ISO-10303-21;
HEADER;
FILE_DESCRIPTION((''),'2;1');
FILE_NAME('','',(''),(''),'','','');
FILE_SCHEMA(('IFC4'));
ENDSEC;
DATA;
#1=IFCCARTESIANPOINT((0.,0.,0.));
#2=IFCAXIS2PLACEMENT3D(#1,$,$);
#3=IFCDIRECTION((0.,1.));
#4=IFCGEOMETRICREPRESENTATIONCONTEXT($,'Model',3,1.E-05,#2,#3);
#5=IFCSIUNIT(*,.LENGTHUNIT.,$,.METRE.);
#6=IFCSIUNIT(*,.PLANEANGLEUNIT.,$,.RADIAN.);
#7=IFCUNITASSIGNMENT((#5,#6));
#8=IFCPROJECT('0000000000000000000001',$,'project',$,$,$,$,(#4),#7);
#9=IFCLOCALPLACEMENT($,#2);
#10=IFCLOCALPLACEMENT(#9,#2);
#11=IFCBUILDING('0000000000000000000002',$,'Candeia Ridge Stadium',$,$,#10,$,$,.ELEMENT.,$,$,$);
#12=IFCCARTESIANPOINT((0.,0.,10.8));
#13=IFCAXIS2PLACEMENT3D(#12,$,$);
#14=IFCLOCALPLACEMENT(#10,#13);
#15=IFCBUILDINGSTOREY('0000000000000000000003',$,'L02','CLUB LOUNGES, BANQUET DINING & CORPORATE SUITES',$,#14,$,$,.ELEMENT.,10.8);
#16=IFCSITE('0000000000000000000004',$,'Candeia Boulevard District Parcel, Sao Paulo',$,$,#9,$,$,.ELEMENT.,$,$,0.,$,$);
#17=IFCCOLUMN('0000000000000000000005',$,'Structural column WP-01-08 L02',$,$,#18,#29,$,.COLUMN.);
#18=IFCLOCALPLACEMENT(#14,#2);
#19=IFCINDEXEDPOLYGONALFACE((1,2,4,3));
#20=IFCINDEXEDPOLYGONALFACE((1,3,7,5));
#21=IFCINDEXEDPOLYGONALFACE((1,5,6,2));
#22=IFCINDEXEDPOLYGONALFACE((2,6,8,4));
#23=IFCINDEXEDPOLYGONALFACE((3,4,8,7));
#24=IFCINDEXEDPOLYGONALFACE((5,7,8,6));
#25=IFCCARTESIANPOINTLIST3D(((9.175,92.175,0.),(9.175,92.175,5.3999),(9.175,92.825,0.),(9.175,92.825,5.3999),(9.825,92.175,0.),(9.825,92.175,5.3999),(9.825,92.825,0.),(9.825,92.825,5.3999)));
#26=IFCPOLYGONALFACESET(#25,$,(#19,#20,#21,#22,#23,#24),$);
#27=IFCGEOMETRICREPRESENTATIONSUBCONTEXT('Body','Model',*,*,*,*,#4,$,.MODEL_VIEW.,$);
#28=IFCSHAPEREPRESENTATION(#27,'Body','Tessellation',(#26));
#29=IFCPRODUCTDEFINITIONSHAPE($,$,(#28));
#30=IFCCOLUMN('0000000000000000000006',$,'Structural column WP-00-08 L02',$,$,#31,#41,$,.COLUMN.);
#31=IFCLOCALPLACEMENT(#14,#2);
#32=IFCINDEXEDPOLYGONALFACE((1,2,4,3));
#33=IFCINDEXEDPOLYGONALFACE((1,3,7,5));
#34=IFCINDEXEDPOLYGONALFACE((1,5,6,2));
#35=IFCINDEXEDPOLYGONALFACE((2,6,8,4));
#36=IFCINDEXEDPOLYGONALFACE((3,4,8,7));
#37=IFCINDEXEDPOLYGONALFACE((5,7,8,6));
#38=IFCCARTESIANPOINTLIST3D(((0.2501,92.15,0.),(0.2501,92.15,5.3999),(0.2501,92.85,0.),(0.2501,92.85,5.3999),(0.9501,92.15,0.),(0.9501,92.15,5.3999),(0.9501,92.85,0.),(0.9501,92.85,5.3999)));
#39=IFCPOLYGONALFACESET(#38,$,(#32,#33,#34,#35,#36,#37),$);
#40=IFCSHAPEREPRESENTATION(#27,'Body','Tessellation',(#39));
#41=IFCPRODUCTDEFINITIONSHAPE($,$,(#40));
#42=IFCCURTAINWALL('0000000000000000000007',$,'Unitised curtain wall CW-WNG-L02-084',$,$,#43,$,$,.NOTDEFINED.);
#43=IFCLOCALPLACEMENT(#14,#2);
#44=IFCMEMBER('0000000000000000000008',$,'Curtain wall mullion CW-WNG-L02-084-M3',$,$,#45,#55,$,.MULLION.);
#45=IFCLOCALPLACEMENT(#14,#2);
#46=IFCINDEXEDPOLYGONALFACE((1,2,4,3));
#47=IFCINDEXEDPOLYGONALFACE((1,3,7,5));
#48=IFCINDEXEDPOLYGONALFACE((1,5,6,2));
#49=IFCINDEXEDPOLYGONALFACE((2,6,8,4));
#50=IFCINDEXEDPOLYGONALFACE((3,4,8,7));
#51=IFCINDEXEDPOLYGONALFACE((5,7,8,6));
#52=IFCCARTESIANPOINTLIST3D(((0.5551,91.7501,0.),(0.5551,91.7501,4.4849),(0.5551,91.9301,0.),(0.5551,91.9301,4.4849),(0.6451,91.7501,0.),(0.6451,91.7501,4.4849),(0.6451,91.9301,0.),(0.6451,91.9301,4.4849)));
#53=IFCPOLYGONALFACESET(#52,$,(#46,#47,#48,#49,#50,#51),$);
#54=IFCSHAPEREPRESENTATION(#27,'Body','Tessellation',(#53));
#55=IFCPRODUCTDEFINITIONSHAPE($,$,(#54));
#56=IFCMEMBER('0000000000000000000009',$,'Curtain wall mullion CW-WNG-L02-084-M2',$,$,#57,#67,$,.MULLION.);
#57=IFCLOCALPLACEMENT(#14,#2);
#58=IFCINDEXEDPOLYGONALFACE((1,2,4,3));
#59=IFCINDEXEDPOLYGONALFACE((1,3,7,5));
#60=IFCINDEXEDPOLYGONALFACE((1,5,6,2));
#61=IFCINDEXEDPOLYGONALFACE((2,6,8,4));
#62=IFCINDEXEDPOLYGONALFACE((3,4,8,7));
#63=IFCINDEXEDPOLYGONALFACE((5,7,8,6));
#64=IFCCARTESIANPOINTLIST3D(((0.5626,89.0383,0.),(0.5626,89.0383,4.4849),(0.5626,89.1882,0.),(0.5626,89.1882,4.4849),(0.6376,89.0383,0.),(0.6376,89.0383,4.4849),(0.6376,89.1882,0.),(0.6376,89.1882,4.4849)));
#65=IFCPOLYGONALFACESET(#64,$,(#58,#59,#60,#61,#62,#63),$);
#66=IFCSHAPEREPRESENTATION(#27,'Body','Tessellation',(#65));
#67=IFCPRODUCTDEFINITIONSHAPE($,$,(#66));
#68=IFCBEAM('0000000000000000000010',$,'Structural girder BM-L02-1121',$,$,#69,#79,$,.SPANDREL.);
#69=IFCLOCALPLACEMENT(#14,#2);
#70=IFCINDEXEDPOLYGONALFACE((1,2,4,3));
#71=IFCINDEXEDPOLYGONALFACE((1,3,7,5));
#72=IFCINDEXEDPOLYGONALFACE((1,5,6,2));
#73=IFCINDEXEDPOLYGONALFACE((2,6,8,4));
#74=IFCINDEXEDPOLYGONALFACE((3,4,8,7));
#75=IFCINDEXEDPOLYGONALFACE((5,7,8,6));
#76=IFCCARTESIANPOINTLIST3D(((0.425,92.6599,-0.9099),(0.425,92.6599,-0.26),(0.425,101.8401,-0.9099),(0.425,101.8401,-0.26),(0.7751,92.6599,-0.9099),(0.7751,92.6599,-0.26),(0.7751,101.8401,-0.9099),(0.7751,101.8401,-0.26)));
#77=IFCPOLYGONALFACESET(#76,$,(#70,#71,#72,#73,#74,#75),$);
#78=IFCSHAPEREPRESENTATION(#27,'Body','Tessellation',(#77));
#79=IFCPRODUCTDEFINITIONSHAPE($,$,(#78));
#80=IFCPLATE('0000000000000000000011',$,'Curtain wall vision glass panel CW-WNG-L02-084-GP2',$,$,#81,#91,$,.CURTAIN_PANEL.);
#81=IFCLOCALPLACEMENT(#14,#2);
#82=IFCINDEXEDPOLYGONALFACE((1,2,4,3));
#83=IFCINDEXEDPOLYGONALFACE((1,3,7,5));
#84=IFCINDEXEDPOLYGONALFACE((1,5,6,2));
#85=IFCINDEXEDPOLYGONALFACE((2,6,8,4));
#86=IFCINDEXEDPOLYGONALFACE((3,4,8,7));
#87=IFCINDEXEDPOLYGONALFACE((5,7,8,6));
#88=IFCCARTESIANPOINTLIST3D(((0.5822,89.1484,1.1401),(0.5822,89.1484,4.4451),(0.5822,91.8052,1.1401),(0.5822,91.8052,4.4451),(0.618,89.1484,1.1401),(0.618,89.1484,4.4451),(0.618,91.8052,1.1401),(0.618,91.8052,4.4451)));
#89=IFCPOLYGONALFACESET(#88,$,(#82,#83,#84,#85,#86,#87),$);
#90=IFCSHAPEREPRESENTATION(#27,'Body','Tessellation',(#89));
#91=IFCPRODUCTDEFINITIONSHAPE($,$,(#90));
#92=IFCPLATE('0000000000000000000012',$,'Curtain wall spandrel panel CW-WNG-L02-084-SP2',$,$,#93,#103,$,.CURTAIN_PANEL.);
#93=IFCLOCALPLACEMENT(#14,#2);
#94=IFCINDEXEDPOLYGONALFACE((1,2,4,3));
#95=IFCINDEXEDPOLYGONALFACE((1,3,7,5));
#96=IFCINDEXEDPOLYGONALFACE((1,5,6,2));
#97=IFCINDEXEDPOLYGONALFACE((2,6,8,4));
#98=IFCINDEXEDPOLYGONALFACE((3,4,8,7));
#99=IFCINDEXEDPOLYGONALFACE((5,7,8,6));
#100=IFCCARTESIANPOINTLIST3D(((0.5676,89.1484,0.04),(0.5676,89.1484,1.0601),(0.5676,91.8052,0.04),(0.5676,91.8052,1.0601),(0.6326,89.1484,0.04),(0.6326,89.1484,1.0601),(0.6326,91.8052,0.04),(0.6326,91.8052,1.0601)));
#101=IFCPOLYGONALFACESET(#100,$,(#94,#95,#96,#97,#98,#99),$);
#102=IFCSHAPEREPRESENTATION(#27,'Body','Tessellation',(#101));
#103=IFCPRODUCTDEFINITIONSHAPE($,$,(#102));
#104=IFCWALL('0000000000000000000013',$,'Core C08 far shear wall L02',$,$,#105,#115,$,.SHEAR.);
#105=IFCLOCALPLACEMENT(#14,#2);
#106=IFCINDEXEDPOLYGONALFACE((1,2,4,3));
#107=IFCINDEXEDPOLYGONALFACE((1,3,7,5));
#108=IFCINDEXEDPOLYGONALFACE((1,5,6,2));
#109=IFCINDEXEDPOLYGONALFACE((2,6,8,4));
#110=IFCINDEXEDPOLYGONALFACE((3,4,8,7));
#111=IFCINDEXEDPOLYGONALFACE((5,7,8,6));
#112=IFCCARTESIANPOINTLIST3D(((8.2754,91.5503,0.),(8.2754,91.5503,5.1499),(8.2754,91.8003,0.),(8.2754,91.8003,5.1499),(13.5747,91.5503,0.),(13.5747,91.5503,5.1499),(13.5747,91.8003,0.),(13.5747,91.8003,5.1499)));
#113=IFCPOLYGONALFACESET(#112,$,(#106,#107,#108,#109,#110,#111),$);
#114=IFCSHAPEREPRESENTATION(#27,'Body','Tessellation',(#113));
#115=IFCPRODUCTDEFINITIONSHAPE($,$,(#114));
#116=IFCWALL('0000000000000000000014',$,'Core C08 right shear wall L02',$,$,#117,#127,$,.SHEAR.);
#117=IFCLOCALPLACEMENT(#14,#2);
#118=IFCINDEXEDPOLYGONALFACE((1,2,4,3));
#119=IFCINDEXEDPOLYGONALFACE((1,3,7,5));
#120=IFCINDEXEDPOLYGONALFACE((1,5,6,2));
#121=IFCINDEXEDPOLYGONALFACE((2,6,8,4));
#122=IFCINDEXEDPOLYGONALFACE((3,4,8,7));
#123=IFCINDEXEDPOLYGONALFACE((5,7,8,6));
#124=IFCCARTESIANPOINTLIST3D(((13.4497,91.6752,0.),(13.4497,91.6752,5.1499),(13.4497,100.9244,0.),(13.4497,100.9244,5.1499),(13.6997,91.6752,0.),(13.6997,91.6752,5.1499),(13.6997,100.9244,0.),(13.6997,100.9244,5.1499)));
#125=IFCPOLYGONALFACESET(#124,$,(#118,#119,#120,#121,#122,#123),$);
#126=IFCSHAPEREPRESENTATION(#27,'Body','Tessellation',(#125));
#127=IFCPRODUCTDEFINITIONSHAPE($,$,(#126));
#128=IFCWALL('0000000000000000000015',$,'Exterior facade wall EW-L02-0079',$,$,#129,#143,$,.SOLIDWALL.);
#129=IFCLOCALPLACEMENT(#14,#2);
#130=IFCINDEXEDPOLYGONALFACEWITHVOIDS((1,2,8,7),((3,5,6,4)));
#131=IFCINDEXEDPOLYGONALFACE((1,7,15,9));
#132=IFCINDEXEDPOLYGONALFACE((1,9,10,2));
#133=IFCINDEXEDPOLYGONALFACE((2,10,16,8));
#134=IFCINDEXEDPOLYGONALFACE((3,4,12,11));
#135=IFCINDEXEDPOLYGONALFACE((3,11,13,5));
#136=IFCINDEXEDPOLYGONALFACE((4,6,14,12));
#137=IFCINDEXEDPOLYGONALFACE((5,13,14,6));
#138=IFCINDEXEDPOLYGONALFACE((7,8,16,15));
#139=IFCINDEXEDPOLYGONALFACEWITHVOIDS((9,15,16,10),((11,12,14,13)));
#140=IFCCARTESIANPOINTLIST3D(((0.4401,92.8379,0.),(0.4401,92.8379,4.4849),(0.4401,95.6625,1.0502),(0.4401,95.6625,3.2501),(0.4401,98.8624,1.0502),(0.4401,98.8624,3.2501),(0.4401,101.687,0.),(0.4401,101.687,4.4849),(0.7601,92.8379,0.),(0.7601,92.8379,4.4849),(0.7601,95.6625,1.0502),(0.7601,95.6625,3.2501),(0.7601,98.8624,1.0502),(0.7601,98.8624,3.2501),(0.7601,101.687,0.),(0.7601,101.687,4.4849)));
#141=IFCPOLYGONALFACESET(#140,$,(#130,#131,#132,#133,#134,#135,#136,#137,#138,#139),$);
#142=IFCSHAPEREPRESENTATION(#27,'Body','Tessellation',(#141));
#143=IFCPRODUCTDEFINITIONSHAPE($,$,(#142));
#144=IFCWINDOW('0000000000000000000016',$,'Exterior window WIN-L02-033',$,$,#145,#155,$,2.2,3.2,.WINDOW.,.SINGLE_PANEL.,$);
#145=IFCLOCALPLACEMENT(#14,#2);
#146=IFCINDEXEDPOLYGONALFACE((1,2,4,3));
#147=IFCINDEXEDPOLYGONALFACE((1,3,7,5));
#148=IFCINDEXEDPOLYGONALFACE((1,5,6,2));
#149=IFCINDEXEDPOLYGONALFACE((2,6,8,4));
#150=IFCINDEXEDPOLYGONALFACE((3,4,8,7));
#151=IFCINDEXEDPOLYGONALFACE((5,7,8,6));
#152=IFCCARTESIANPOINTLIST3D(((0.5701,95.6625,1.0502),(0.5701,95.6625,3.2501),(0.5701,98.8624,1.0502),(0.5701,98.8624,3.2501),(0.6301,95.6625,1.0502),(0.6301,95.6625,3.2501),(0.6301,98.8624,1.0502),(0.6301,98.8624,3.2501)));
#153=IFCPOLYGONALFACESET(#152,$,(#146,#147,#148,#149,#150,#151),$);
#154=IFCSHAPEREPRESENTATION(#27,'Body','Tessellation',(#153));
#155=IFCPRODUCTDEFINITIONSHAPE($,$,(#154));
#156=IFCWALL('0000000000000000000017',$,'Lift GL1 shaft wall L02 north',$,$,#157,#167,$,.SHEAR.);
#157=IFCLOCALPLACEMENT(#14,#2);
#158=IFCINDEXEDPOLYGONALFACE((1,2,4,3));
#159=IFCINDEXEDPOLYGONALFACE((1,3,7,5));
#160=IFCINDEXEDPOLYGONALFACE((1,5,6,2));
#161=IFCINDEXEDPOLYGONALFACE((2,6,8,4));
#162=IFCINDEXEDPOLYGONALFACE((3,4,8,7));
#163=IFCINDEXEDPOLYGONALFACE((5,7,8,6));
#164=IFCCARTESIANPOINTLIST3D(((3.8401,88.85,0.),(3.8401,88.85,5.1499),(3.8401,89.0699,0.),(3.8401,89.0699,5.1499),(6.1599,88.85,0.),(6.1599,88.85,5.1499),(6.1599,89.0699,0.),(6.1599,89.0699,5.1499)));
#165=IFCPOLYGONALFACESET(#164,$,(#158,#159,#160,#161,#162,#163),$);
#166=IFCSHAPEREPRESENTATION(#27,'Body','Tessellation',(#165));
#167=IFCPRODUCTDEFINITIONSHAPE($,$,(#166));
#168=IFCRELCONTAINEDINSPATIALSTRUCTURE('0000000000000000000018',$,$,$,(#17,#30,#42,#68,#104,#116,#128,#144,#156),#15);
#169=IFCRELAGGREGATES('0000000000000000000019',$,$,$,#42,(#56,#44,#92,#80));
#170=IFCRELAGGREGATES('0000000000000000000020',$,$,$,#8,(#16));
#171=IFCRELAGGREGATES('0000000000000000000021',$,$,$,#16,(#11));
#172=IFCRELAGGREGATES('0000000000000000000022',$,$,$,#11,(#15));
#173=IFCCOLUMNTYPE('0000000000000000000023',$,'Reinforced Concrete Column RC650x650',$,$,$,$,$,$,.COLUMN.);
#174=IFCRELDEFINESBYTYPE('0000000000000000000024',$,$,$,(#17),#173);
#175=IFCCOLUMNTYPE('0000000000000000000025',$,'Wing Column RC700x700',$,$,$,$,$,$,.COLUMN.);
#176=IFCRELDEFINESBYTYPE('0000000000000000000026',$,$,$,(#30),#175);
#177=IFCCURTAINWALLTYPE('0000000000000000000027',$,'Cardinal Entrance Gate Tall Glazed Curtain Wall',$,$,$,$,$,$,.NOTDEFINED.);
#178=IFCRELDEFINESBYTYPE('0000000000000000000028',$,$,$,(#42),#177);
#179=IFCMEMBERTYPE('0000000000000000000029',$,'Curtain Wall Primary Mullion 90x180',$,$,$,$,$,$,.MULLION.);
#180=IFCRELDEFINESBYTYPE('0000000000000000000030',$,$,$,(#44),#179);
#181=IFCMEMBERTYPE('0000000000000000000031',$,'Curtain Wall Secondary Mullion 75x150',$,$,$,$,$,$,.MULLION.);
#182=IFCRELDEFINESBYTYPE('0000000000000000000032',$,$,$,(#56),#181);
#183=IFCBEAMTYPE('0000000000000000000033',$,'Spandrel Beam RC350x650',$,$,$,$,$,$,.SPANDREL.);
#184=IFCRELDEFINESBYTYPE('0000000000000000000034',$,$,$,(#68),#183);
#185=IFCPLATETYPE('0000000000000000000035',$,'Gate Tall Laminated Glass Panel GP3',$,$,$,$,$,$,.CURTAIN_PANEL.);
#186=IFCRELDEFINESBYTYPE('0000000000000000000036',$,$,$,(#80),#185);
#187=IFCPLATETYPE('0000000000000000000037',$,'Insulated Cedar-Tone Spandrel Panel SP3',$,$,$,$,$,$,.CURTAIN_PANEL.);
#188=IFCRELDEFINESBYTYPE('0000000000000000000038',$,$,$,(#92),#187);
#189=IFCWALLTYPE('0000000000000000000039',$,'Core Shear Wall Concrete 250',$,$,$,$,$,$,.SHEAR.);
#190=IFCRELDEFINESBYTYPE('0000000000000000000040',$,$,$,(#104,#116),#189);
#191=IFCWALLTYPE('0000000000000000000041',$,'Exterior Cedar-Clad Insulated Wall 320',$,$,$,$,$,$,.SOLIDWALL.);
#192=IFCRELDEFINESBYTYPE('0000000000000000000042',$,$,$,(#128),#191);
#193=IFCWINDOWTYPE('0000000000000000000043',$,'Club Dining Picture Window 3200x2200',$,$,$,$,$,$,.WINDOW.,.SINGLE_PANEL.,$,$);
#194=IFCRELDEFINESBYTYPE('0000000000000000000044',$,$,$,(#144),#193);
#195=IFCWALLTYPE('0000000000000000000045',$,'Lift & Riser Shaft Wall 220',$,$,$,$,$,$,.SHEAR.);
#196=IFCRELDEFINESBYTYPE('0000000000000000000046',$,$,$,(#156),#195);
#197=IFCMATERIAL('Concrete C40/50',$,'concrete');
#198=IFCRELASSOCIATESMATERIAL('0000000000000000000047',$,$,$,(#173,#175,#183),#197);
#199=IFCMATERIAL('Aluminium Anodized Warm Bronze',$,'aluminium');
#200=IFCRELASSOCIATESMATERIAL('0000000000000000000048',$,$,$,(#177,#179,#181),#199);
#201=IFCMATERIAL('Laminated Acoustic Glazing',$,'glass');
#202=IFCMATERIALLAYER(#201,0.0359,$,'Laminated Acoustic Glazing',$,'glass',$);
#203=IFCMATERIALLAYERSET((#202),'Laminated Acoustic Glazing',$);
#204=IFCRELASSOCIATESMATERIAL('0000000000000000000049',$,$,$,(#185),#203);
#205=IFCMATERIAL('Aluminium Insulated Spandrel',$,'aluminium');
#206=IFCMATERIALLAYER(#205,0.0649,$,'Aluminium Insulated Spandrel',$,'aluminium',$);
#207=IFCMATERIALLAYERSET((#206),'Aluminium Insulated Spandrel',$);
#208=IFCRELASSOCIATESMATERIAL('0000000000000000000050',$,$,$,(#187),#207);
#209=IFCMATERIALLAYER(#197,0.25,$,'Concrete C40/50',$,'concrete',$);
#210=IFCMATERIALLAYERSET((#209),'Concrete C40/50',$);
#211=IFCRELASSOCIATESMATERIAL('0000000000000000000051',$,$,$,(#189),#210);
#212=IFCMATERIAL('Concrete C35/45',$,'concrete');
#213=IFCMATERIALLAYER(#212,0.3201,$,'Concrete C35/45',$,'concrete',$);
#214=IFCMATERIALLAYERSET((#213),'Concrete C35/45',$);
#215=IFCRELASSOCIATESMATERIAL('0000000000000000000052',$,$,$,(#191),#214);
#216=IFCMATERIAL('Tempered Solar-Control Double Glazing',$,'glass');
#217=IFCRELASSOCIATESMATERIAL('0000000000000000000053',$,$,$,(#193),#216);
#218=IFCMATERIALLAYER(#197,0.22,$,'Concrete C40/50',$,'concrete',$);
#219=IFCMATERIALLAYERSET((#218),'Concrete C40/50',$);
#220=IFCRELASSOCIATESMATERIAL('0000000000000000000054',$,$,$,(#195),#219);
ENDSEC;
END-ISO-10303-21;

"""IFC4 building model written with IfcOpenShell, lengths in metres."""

from ifc_helpers import new_model, si_unit, direction, frame, frame_2d, origin, origin_2d, place, context, subcontext, project, spatial, rectangle, extrude, material, layer, layer_set, material_profile, profile_set, type_object, element, fill, aggregate, save


model = new_model("IFC4")

# Units and contexts
model_context = context("Model", 3, precision=1e-05, world=origin(), true_north=direction((0.0, 1.0)))
body_context = subcontext(model_context, "Body", "Model", "MODEL_VIEW")
ifc_project = project(units=[si_unit("LENGTHUNIT", "METRE"), si_unit("PLANEANGLEUNIT", "RADIAN")], contexts=[model_context])

# Site, building, storey
site_placement = place(None, origin())
site = spatial("IfcSite", under=ifc_project, at=site_placement, Name="Candeia Boulevard District Parcel, Sao Paulo", CompositionType="ELEMENT", RefElevation=0.0)
building_placement = place(site_placement, origin())
building = spatial("IfcBuilding", under=site, at=building_placement, Name="Candeia Ridge Stadium", CompositionType="ELEMENT")
storey_placement = place(building_placement, frame((0.0, 0.0, 10.8)))
storey = spatial("IfcBuildingStorey", under=building, at=storey_placement, Name="L02", Description="CLUB LOUNGES, BANQUET DINING & CORPORATE SUITES", CompositionType="ELEMENT", Elevation=10.8)

# Columns
ifc_material_1 = material(Name="Concrete C40/50", Category="concrete")
ifc_material_profile_1 = material_profile(ifc_material_1, rectangle(XDim=0.6499, YDim=0.6499, at=origin_2d()), Name="RC650x650", Category="concrete")
ifc_profile_set_1 = profile_set([ifc_material_profile_1], Name="Concrete C40/50")
column_type_1 = type_object("IfcColumnType", Name="Reinforced Concrete Column RC650x650", PredefinedType="COLUMN", material=ifc_profile_set_1)
column_1_placement = place(storey_placement, frame((9.5, 92.5, 0.0), z_axis=(0.0, 0.0, 1.0), x_axis=(1.0, 0.0, 0.0)))
element("IfcColumn", 1, at=column_1_placement, inside=storey, type_object=column_type_1, Name="Structural column WP-01-08 L02", PredefinedType="COLUMN", context=body_context, shape_type="SweptSolid", body=[
    extrude(rectangle(XDim=0.6499, YDim=0.6499, at=origin_2d()), origin(), (0.0, 0.0, 1.0), 5.3999),
])
ifc_material_profile_2 = material_profile(ifc_material_1, rectangle(XDim=0.7, YDim=0.7, at=origin_2d()), Name="RC700x700", Category="concrete")
ifc_profile_set_2 = profile_set([ifc_material_profile_2], Name="Concrete C40/50")
column_type_2 = type_object("IfcColumnType", Name="Wing Column RC700x700", PredefinedType="COLUMN", material=ifc_profile_set_2)
column_2_placement = place(storey_placement, frame((0.6001, 92.5, 0.0), z_axis=(0.0, 0.0, 1.0), x_axis=(1.0, 0.0, 0.0)))
element("IfcColumn", 2, at=column_2_placement, inside=storey, type_object=column_type_2, Name="Structural column WP-00-08 L02", PredefinedType="COLUMN", context=body_context, shape_type="SweptSolid", body=[
    extrude(rectangle(XDim=0.7, YDim=0.7, at=origin_2d()), origin(), (0.0, 0.0, 1.0), 5.3999),
])

# Curtain wall, members
ifc_material_2 = material(Name="Aluminium Anodized Warm Bronze", Category="aluminium")
curtain_wall_type = type_object("IfcCurtainWallType", Name="Cardinal Entrance Gate Tall Glazed Curtain Wall", PredefinedType="NOTDEFINED", material=ifc_material_2)
curtain_wall_placement = place(storey_placement, origin())
curtain_wall = element("IfcCurtainWall", 3, at=curtain_wall_placement, inside=storey, type_object=curtain_wall_type, Name="Unitised curtain wall CW-WNG-L02-084", PredefinedType="NOTDEFINED")
ifc_material_profile_3 = material_profile(ifc_material_2, rectangle(XDim=0.0901, YDim=0.1799, at=origin_2d()), Name="CWM-90x180", Category="aluminium")
ifc_profile_set_3 = profile_set([ifc_material_profile_3], Name="Aluminium Anodized Warm Bronze")
member_type_1 = type_object("IfcMemberType", Name="Curtain Wall Primary Mullion 90x180", PredefinedType="MULLION", material=ifc_profile_set_3)
member_1_placement = place(storey_placement, frame((0.6001, 91.8401, 0.0), z_axis=(0.0, 0.0, 1.0), x_axis=(1.0, 0.0, 0.0)))
member_1 = element("IfcMember", 4, at=member_1_placement, type_object=member_type_1, Name="Curtain wall mullion CW-WNG-L02-084-M3", PredefinedType="MULLION", context=body_context, shape_type="SweptSolid", body=[
    extrude(rectangle(XDim=0.0901, YDim=0.1799, at=origin_2d()), origin(), (0.0, 0.0, 1.0), 4.4849),
])
ifc_material_profile_4 = material_profile(ifc_material_2, rectangle(XDim=0.075, YDim=0.1499, at=origin_2d()), Name="CWM-75x150", Category="aluminium")
ifc_profile_set_4 = profile_set([ifc_material_profile_4], Name="Aluminium Anodized Warm Bronze")
member_type_2 = type_object("IfcMemberType", Name="Curtain Wall Secondary Mullion 75x150", PredefinedType="MULLION", material=ifc_profile_set_4)
member_2_placement = place(storey_placement, frame((0.6001, 89.1133, 0.0), z_axis=(0.0, 0.0, 1.0), x_axis=(1.0, 0.0, 0.0)))
member_2 = element("IfcMember", 5, at=member_2_placement, type_object=member_type_2, Name="Curtain wall mullion CW-WNG-L02-084-M2", PredefinedType="MULLION", context=body_context, shape_type="SweptSolid", body=[
    extrude(rectangle(XDim=0.075, YDim=0.1499, at=origin_2d()), origin(), (0.0, 0.0, 1.0), 4.4849),
])

# Beam
ifc_material_profile_5 = material_profile(ifc_material_1, rectangle(XDim=0.3501, YDim=0.6499, at=origin_2d()), Name="RC350x650", Category="concrete")
ifc_profile_set_5 = profile_set([ifc_material_profile_5], Name="Concrete C40/50")
beam_type = type_object("IfcBeamType", Name="Spandrel Beam RC350x650", PredefinedType="SPANDREL", material=ifc_profile_set_5)
beam_placement = place(storey_placement, frame((0.6001, 92.6599, -0.585), z_axis=(0.0, 1.0, 0.0), x_axis=(-1.0, 0.0, 0.0)))
element("IfcBeam", 6, at=beam_placement, inside=storey, type_object=beam_type, Name="Structural girder BM-L02-1121", PredefinedType="SPANDREL", context=body_context, shape_type="SweptSolid", body=[
    extrude(rectangle(XDim=0.3501, YDim=0.6499, at=origin_2d()), origin(), (0.0, 0.0, 1.0), 9.1802),
])

# Plates
ifc_material_3 = material(Name="Laminated Acoustic Glazing", Category="glass")
ifc_layer_1 = layer(ifc_material_3, 0.0359, Name="Laminated Acoustic Glazing", Category="glass")
ifc_layer_set_1 = layer_set([ifc_layer_1], Name="Laminated Acoustic Glazing")
plate_type_1 = type_object("IfcPlateType", Name="Gate Tall Laminated Glass Panel GP3", PredefinedType="CURTAIN_PANEL", material=ifc_layer_set_1)
plate_1_placement = place(storey_placement, frame((0.6001, 90.4768, 1.1401), z_axis=(0.0, 0.0, 1.0), x_axis=(0.0, 1.0, 0.0)))
plate_1 = element("IfcPlate", 7, at=plate_1_placement, type_object=plate_type_1, Name="Curtain wall vision glass panel CW-WNG-L02-084-GP2", PredefinedType="CURTAIN_PANEL", context=body_context, shape_type="SweptSolid", body=[
    extrude(rectangle(XDim=2.6567, YDim=0.0359, at=origin_2d()), origin(), (0.0, 0.0, 1.0), 3.3049),
])
ifc_material_4 = material(Name="Aluminium Insulated Spandrel", Category="aluminium")
ifc_layer_2 = layer(ifc_material_4, 0.0649, Name="Aluminium Insulated Spandrel", Category="aluminium")
ifc_layer_set_2 = layer_set([ifc_layer_2], Name="Aluminium Insulated Spandrel")
plate_type_2 = type_object("IfcPlateType", Name="Insulated Cedar-Tone Spandrel Panel SP3", PredefinedType="CURTAIN_PANEL", material=ifc_layer_set_2)
plate_2_placement = place(storey_placement, frame((0.6001, 90.4768, 0.04), z_axis=(0.0, 0.0, 1.0), x_axis=(0.0, 1.0, 0.0)))
plate_2 = element("IfcPlate", 8, at=plate_2_placement, type_object=plate_type_2, Name="Curtain wall spandrel panel CW-WNG-L02-084-SP2", PredefinedType="CURTAIN_PANEL", context=body_context, shape_type="SweptSolid", body=[
    extrude(rectangle(XDim=2.6567, YDim=0.0649, at=origin_2d()), origin(), (0.0, 0.0, 1.0), 1.02),
])
aggregate(curtain_wall, [member_2, member_1, plate_2, plate_1])

# Walls
ifc_layer_3 = layer(ifc_material_1, 0.25, Name="Concrete C40/50", Category="concrete")
ifc_layer_set_3 = layer_set([ifc_layer_3], Name="Concrete C40/50")
wall_type_1 = type_object("IfcWallType", Name="Core Shear Wall Concrete 250", PredefinedType="SHEAR", material=ifc_layer_set_3)
wall_1_placement = place(storey_placement, frame((8.2754, 91.6753, 0.0), z_axis=(0.0, 0.0, 1.0), x_axis=(1.0, 0.0, 0.0)))
element("IfcWall", 9, at=wall_1_placement, inside=storey, type_object=wall_type_1, Name="Core C08 far shear wall L02", PredefinedType="SHEAR", context=body_context, shape_type="SweptSolid", body=[
    extrude(rectangle(XDim=5.2993, YDim=0.25, at=frame_2d((2.6497, 0.0))), origin(), (0.0, 0.0, 1.0), 5.1499),
])
wall_2_placement = place(storey_placement, frame((13.5747, 91.6753, 0.0), z_axis=(0.0, 0.0, 1.0), x_axis=(0.0, 1.0, 0.0)))
element("IfcWall", 10, at=wall_2_placement, inside=storey, type_object=wall_type_1, Name="Core C08 right shear wall L02", PredefinedType="SHEAR", context=body_context, shape_type="SweptSolid", body=[
    extrude(rectangle(XDim=9.2493, YDim=0.25, at=frame_2d((4.6245, 0.0))), origin(), (0.0, 0.0, 1.0), 5.1499),
])

# Wall, opening, window
ifc_material_5 = material(Name="Concrete C35/45", Category="concrete")
ifc_layer_4 = layer(ifc_material_5, 0.3201, Name="Concrete C35/45", Category="concrete")
ifc_layer_set_4 = layer_set([ifc_layer_4], Name="Concrete C35/45")
wall_type_2 = type_object("IfcWallType", Name="Exterior Cedar-Clad Insulated Wall 320", PredefinedType="SOLIDWALL", material=ifc_layer_set_4)
wall_3_placement = place(storey_placement, frame((0.6001, 92.8379, 0.0), z_axis=(0.0, 0.0, 1.0), x_axis=(0.0, 1.0, 0.0)))
wall_3 = element("IfcWall", 11, at=wall_3_placement, inside=storey, type_object=wall_type_2, Name="Exterior facade wall EW-L02-0079", PredefinedType="SOLIDWALL", context=body_context, shape_type="SweptSolid", body=[
    extrude(rectangle(XDim=8.8491, YDim=0.3201, at=frame_2d((4.4246, 0.0))), origin(), (0.0, 0.0, 1.0), 4.4849),
])
opening_1_placement = place(wall_3_placement, frame((2.8245, 0.0, 1.05)))
opening_1 = element("IfcOpeningElement", 12, at=opening_1_placement, cuts=wall_3, PredefinedType="OPENING", context=body_context, shape_type="SweptSolid", body=[
    extrude(rectangle(XDim=3.2, YDim=2.2, at=frame_2d((1.6001, 1.1001))), frame((0.0, 0.1699, 0.0), z_axis=(0.0, -1.0, 0.0), x_axis=(1.0, 0.0, 0.0)), (0.0, 0.0, 1.0), 0.3401),
])
ifc_material_6 = material(Name="Tempered Solar-Control Double Glazing", Category="glass")
window_type = type_object("IfcWindowType", Name="Club Dining Picture Window 3200x2200", PartitioningType="SINGLE_PANEL", PredefinedType="WINDOW", material=ifc_material_6)
window_placement = place(opening_1_placement, origin())
window = element("IfcWindow", 13, at=window_placement, inside=storey, type_object=window_type, Name="Exterior window WIN-L02-033", OverallHeight=2.2, OverallWidth=3.2, PartitioningType="SINGLE_PANEL", PredefinedType="WINDOW", context=body_context, shape_type="SweptSolid", body=[
    extrude(rectangle(XDim=3.2, YDim=2.2, at=frame_2d((1.6001, 1.1001))), frame((0.0, 0.03, 0.0), z_axis=(0.0, -1.0, 0.0), x_axis=(1.0, 0.0, 0.0)), (0.0, 0.0, 1.0), 0.0601),
])
fill(opening_1, window)

# Wall
ifc_layer_5 = layer(ifc_material_1, 0.22, Name="Concrete C40/50", Category="concrete")
ifc_layer_set_5 = layer_set([ifc_layer_5], Name="Concrete C40/50")
wall_type_3 = type_object("IfcWallType", Name="Lift & Riser Shaft Wall 220", PredefinedType="SHEAR", material=ifc_layer_set_5)
wall_4_placement = place(storey_placement, frame((6.1599, 88.96, 0.0), z_axis=(0.0, 0.0, 1.0), x_axis=(-1.0, 0.0, 0.0)))
element("IfcWall", 14, at=wall_4_placement, inside=storey, type_object=wall_type_3, Name="Lift GL1 shaft wall L02 north", PredefinedType="SHEAR", context=body_context, shape_type="SweptSolid", body=[
    extrude(rectangle(XDim=2.3198, YDim=0.22, at=frame_2d((1.1599, 0.0))), origin(), (0.0, 0.0, 1.0), 5.1499),
])

save(model, "model.ifc")
